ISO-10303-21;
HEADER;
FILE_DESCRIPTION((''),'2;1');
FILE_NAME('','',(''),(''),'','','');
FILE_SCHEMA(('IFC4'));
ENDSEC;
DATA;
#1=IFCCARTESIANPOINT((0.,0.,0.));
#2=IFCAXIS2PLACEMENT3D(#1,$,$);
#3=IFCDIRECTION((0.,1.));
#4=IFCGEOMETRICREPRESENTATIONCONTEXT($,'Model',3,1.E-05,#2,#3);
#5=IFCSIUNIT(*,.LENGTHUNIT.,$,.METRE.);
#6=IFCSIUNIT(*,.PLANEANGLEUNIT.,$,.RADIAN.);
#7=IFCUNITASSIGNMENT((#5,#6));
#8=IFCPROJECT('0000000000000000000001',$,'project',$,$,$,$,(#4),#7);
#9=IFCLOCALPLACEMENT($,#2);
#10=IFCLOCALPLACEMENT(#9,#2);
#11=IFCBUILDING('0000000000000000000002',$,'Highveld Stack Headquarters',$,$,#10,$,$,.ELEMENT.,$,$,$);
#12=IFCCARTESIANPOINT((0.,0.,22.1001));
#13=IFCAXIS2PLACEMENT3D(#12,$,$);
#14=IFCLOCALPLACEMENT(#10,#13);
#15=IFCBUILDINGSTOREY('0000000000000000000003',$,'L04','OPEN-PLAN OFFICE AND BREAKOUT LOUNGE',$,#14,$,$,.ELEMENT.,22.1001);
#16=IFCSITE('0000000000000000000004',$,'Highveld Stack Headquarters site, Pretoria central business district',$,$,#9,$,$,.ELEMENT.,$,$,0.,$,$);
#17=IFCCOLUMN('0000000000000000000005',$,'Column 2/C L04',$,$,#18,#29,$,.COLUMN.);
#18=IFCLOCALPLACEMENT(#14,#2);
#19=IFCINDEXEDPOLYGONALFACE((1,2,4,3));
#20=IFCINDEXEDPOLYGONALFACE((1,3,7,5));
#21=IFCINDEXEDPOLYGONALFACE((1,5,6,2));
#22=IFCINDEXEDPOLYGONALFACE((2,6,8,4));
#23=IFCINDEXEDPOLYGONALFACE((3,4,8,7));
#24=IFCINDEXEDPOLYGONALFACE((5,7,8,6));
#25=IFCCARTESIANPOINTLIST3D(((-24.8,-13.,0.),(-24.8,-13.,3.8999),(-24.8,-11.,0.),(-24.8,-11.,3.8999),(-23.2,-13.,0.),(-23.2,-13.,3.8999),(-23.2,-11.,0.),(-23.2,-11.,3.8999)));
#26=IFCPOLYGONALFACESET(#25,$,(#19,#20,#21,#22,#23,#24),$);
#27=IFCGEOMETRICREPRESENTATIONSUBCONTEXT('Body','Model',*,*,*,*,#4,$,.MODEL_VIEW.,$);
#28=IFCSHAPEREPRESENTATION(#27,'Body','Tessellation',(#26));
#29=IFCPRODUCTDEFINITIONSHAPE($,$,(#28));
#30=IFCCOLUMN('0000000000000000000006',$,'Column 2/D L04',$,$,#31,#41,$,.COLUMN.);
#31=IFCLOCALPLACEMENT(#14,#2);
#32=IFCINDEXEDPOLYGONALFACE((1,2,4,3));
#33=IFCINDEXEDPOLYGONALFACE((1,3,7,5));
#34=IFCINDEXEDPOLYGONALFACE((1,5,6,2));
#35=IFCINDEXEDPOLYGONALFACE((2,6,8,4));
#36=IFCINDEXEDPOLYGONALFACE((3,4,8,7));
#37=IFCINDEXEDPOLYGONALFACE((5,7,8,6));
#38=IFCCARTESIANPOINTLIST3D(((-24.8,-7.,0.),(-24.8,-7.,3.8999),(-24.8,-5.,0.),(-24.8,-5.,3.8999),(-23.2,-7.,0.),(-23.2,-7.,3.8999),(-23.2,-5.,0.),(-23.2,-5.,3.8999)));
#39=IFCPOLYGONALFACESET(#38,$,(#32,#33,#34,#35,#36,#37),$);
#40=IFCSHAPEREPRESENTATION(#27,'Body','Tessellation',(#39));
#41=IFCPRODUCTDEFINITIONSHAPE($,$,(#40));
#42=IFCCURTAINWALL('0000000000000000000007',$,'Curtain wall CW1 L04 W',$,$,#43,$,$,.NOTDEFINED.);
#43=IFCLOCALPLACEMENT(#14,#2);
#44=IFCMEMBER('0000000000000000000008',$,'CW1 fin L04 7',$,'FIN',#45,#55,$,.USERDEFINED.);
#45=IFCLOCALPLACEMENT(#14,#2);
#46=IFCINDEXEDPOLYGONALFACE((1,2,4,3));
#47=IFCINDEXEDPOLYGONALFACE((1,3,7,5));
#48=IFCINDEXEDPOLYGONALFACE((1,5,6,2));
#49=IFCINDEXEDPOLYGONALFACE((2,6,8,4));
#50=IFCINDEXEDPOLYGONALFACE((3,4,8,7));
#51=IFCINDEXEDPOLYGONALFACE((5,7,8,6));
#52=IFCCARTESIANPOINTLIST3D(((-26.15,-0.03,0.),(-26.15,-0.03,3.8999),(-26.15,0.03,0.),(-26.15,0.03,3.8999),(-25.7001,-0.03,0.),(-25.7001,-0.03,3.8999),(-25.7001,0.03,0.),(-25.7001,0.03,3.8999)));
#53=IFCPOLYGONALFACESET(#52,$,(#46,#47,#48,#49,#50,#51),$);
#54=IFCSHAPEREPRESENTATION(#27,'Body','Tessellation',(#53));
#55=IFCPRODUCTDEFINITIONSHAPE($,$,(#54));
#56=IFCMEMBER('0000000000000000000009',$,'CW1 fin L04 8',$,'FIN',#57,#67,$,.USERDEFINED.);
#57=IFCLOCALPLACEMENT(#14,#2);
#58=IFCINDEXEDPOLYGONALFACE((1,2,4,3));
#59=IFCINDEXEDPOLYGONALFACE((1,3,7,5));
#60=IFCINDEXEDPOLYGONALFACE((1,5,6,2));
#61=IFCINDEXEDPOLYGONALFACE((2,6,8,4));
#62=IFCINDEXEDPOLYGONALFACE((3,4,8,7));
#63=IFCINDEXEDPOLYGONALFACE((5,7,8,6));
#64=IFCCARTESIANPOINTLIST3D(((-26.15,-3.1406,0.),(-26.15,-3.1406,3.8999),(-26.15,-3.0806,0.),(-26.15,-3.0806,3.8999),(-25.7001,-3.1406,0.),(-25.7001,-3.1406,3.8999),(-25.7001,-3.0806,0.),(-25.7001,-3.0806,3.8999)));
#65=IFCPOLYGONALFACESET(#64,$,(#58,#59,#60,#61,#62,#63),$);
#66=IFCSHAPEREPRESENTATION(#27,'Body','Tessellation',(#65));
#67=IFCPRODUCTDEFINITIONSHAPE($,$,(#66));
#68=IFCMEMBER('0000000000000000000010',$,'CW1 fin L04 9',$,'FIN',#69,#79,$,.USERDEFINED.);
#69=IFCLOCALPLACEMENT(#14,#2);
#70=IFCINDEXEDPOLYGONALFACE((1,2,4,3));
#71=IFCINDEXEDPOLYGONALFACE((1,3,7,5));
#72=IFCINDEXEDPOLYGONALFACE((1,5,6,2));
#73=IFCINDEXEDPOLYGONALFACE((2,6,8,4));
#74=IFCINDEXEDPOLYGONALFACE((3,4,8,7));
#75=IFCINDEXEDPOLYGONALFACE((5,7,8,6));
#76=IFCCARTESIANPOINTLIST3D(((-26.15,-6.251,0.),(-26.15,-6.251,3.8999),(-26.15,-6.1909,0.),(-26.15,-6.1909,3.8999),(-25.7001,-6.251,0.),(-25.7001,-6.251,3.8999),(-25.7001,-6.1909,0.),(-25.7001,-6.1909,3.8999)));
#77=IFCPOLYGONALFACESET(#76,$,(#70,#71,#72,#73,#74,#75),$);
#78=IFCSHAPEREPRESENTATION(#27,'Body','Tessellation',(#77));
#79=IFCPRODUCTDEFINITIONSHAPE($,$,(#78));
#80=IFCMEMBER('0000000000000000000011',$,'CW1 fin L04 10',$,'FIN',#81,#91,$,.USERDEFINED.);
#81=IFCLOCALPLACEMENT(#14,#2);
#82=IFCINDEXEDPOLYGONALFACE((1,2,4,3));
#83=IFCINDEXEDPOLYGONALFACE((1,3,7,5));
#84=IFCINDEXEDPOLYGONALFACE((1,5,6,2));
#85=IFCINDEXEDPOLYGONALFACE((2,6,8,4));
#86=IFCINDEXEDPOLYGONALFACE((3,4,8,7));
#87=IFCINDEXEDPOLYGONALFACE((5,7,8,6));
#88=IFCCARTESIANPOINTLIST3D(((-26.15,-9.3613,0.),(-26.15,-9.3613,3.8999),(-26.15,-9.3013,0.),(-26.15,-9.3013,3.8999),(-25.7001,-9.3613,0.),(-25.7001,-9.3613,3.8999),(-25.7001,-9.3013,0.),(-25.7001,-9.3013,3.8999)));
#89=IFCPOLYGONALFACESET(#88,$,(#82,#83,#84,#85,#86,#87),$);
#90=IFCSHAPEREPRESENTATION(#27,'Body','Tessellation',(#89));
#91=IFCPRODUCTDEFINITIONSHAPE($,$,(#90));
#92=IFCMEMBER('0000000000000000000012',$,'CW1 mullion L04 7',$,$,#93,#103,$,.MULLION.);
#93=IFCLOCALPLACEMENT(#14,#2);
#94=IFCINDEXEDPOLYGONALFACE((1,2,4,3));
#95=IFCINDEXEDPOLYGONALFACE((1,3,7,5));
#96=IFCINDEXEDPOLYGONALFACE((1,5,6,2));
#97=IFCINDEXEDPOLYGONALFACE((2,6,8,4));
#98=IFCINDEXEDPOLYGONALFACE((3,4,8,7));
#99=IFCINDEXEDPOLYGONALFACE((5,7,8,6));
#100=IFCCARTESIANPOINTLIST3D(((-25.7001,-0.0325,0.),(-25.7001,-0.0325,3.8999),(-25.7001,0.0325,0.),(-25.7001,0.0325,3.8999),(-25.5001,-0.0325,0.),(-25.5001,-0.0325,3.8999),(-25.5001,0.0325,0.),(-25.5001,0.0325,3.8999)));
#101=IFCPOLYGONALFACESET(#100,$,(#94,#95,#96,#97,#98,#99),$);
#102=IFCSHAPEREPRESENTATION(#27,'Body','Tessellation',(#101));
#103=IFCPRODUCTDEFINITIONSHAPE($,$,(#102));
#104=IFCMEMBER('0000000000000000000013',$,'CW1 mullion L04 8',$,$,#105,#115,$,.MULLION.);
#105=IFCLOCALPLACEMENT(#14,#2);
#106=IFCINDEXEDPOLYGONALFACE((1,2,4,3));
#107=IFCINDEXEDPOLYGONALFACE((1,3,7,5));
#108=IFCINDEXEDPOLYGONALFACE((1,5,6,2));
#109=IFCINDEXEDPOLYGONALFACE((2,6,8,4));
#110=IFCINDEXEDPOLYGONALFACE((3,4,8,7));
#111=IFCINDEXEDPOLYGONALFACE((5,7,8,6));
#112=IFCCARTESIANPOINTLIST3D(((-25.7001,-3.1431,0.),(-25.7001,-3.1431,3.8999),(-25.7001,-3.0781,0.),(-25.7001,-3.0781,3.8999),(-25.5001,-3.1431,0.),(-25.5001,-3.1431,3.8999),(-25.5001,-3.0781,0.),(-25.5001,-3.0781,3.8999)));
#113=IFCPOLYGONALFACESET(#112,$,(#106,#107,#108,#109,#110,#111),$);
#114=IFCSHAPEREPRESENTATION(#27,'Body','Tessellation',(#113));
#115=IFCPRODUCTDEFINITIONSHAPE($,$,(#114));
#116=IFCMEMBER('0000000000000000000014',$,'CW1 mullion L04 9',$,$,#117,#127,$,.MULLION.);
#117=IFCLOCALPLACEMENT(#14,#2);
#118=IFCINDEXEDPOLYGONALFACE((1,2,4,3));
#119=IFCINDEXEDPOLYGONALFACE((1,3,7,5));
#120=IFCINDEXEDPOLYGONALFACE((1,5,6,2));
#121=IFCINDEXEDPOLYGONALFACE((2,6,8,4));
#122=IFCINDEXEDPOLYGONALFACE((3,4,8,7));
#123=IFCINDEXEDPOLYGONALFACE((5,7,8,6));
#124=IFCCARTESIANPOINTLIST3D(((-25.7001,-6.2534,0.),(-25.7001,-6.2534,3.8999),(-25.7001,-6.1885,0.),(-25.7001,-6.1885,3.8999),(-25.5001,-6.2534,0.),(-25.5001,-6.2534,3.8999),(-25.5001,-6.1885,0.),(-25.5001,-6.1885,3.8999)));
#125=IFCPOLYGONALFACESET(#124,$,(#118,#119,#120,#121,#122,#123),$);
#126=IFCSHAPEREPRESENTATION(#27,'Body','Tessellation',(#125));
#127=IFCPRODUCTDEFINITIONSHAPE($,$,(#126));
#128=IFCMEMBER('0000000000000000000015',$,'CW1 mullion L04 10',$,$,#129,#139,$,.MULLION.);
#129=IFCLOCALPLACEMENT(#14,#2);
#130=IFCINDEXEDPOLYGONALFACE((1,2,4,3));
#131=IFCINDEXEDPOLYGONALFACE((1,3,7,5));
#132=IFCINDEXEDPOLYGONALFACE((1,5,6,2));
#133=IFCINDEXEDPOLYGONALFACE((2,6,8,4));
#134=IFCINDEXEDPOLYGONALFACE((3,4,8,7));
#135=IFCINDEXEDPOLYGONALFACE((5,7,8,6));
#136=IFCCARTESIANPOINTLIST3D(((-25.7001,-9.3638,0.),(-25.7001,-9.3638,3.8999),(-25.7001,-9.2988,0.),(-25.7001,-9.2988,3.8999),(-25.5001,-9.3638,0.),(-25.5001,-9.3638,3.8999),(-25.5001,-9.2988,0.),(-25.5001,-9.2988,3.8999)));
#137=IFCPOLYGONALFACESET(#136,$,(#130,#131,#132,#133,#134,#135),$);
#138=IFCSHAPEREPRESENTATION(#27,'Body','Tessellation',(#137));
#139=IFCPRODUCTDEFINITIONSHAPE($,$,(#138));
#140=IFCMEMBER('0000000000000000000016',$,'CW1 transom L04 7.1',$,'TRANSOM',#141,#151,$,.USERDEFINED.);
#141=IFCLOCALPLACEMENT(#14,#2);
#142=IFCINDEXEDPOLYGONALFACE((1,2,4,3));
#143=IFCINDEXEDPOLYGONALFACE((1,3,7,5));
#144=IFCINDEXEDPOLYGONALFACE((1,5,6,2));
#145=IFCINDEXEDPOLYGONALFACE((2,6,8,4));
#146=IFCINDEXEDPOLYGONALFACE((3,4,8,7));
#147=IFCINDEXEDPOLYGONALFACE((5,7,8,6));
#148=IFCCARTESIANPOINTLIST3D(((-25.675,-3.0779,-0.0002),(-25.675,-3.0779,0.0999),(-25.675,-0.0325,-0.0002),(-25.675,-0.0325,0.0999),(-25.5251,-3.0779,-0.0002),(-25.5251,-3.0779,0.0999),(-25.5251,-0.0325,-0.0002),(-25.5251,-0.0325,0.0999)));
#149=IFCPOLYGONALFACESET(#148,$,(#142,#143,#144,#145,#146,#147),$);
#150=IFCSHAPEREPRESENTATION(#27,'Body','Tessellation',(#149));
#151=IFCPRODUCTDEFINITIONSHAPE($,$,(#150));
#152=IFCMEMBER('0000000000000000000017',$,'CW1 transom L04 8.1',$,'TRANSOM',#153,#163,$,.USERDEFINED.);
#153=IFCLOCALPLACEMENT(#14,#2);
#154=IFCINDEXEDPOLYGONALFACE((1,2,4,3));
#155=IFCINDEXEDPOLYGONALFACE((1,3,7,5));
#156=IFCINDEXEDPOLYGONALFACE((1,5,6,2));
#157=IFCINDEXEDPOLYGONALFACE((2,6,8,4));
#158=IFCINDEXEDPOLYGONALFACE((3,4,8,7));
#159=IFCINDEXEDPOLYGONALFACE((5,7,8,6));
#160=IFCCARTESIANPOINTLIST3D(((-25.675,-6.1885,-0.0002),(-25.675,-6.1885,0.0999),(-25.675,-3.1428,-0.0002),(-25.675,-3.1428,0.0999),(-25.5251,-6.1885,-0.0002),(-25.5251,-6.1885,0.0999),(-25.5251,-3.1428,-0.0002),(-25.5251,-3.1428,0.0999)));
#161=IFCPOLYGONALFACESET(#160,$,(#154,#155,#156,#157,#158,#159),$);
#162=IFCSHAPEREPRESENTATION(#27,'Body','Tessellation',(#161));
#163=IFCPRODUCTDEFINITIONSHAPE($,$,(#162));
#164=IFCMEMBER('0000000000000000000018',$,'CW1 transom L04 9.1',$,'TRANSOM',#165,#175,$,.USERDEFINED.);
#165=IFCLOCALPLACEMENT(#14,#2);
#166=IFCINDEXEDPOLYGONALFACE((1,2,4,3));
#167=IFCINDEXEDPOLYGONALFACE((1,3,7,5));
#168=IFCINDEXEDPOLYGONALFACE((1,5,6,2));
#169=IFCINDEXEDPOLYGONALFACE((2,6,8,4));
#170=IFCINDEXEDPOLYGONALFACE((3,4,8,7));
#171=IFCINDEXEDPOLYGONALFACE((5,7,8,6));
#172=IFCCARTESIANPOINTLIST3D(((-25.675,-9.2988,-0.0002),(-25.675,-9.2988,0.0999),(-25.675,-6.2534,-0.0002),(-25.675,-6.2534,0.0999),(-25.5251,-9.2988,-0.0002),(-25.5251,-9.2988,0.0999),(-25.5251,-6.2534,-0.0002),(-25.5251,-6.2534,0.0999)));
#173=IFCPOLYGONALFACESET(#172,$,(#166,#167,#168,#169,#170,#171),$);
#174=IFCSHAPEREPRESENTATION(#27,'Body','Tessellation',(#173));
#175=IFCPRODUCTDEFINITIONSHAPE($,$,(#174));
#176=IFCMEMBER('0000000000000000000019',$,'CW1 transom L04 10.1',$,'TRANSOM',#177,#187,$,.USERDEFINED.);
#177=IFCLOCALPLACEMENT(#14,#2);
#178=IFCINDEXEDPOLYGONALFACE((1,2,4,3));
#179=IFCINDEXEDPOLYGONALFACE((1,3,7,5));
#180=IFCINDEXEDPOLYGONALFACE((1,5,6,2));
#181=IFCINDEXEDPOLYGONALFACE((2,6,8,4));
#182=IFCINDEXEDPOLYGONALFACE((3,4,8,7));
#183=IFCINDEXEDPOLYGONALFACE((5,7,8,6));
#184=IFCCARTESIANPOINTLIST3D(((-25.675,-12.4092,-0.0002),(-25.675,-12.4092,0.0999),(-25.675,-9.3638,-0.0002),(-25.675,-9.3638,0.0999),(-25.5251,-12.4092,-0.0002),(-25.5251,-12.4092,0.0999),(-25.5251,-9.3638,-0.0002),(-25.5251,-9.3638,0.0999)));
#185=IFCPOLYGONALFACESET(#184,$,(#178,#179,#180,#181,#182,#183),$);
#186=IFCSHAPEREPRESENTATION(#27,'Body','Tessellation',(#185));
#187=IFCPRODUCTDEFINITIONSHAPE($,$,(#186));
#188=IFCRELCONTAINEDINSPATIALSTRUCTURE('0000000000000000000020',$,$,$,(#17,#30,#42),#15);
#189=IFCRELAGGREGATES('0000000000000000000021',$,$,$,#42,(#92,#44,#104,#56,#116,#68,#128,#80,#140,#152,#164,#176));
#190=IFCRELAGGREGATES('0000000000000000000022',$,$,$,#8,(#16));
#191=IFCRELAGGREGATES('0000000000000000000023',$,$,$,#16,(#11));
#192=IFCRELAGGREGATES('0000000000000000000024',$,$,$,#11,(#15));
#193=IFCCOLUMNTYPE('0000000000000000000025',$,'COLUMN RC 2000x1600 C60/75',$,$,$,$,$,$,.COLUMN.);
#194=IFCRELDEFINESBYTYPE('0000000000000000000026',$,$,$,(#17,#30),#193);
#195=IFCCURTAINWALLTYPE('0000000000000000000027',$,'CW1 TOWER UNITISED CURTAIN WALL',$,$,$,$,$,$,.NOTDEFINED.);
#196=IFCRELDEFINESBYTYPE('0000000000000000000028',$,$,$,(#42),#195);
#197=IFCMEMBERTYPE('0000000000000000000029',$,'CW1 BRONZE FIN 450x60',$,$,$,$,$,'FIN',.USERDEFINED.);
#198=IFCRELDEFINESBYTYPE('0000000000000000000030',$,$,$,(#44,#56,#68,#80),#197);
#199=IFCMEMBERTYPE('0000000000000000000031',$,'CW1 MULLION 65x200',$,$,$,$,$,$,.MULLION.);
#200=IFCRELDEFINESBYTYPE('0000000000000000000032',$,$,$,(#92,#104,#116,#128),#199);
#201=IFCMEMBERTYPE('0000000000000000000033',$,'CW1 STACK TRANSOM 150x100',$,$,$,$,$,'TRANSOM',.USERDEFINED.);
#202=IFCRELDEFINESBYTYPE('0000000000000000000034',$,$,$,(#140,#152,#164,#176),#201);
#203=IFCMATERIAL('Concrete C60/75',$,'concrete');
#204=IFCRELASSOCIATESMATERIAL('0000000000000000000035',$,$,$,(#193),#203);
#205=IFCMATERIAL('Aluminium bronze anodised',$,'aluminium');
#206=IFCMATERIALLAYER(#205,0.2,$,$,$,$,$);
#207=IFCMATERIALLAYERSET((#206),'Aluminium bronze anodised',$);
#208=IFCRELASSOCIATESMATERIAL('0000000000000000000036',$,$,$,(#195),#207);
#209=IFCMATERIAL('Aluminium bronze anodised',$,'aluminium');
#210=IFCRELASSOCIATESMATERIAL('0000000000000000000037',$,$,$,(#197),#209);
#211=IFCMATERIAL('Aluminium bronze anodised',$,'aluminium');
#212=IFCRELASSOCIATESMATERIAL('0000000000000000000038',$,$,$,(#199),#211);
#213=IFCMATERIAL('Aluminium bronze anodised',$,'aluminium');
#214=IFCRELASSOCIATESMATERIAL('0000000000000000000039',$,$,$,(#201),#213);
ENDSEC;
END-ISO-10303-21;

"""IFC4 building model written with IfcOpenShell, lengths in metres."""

from ifc_helpers import new_model, si_unit, direction, frame, origin, origin_2d, place, context, subcontext, project, spatial, rectangle, extrude, material, layer, layer_set, material_profile, profile_set, type_object, element, aggregate, save


model = new_model("IFC4")

# Units and contexts
model_context = context("Model", 3, precision=1e-05, world=origin(), true_north=direction((0.0, 1.0)))
body_context = subcontext(model_context, "Body", "Model", "MODEL_VIEW")
ifc_project = project(units=[si_unit("LENGTHUNIT", "METRE"), si_unit("PLANEANGLEUNIT", "RADIAN")], contexts=[model_context])

# Site, building, storey
site_placement = place(None, origin())
site = spatial("IfcSite", under=ifc_project, at=site_placement, Name="Highveld Stack Headquarters site, Pretoria central business district", CompositionType="ELEMENT", RefElevation=0.0)
building_placement = place(site_placement, origin())
building = spatial("IfcBuilding", under=site, at=building_placement, Name="Highveld Stack Headquarters", CompositionType="ELEMENT")
storey_placement = place(building_placement, frame((0.0, 0.0, 22.1001)))
storey = spatial("IfcBuildingStorey", under=building, at=storey_placement, Name="L04", Description="OPEN-PLAN OFFICE AND BREAKOUT LOUNGE", CompositionType="ELEMENT", Elevation=22.1001)

# Columns
ifc_material_1 = material(Name="Concrete C60/75", Category="concrete")
ifc_material_profile_1 = material_profile(ifc_material_1, rectangle(XDim=2.0, YDim=1.6001, at=origin_2d()), Name="RC 2000x1600")
ifc_profile_set_1 = profile_set([ifc_material_profile_1], Name="Concrete C60/75")
column_type = type_object("IfcColumnType", Name="COLUMN RC 2000x1600 C60/75", PredefinedType="COLUMN", material=ifc_profile_set_1)
for number, where, z_axis, x_axis, name in (
    (1, (-24.0, -12.0, 0.0), (0.0, 0.0, 1.0), (0.0, 1.0, 0.0), "Column 2/C L04"),
    (2, (-24.0, -6.0, 0.0), (0.0, 0.0, 1.0), (0.0, 1.0, 0.0), "Column 2/D L04"),
):
    element("IfcColumn", number, at=place(storey_placement, frame(where, z_axis=z_axis, x_axis=x_axis)), inside=storey, type_object=column_type, Name=name, PredefinedType="COLUMN", context=body_context, shape_type="SweptSolid", body=[
        extrude(rectangle(XDim=2.0, YDim=1.6001, at=origin_2d()), origin(), (0.0, 0.0, 1.0), 3.8999),
    ])

# Curtain wall, members
ifc_material_2 = material(Name="Aluminium bronze anodised", Category="aluminium")
ifc_layer_1 = layer(ifc_material_2, 0.2)
ifc_layer_set_1 = layer_set([ifc_layer_1], Name="Aluminium bronze anodised")
curtain_wall_type = type_object("IfcCurtainWallType", Name="CW1 TOWER UNITISED CURTAIN WALL", PredefinedType="NOTDEFINED", material=ifc_layer_set_1)
curtain_wall_placement = place(storey_placement, origin())
curtain_wall = element("IfcCurtainWall", 3, at=curtain_wall_placement, inside=storey, type_object=curtain_wall_type, Name="Curtain wall CW1 L04 W", PredefinedType="NOTDEFINED")
ifc_material_3 = material(Name="Aluminium bronze anodised", Category="aluminium")
ifc_material_profile_2 = material_profile(ifc_material_3, rectangle(XDim=0.45, YDim=0.0601, at=origin_2d()), Name="FIN 450x60")
ifc_profile_set_2 = profile_set([ifc_material_profile_2], Name="Aluminium bronze anodised")
member_type_1 = type_object("IfcMemberType", Name="CW1 BRONZE FIN 450x60", ElementType="FIN", PredefinedType="USERDEFINED", material=ifc_profile_set_2)
member_1_placement = place(storey_placement, frame((-25.925, 0.0, 0.0), z_axis=(0.0, 0.0, 1.0), x_axis=(1.0, 0.0, 0.0)))
member_1 = element("IfcMember", 4, at=member_1_placement, type_object=member_type_1, Name="CW1 fin L04 7", ObjectType="FIN", PredefinedType="USERDEFINED", context=body_context, shape_type="SweptSolid", body=[
    extrude(rectangle(XDim=0.45, YDim=0.0601, at=origin_2d()), origin(), (0.0, 0.0, 1.0), 3.8999),
])
member_2_placement = place(storey_placement, frame((-25.925, -3.1106, 0.0), z_axis=(0.0, 0.0, 1.0), x_axis=(1.0, 0.0, 0.0)))
member_2 = element("IfcMember", 5, at=member_2_placement, type_object=member_type_1, Name="CW1 fin L04 8", ObjectType="FIN", PredefinedType="USERDEFINED", context=body_context, shape_type="SweptSolid", body=[
    extrude(rectangle(XDim=0.45, YDim=0.0601, at=origin_2d()), origin(), (0.0, 0.0, 1.0), 3.8999),
])
member_3_placement = place(storey_placement, frame((-25.925, -6.2209, 0.0), z_axis=(0.0, 0.0, 1.0), x_axis=(1.0, 0.0, 0.0)))
member_3 = element("IfcMember", 6, at=member_3_placement, type_object=member_type_1, Name="CW1 fin L04 9", ObjectType="FIN", PredefinedType="USERDEFINED", context=body_context, shape_type="SweptSolid", body=[
    extrude(rectangle(XDim=0.45, YDim=0.0601, at=origin_2d()), origin(), (0.0, 0.0, 1.0), 3.8999),
])
member_4_placement = place(storey_placement, frame((-25.925, -9.3313, 0.0), z_axis=(0.0, 0.0, 1.0), x_axis=(1.0, 0.0, 0.0)))
member_4 = element("IfcMember", 7, at=member_4_placement, type_object=member_type_1, Name="CW1 fin L04 10", ObjectType="FIN", PredefinedType="USERDEFINED", context=body_context, shape_type="SweptSolid", body=[
    extrude(rectangle(XDim=0.45, YDim=0.0601, at=origin_2d()), origin(), (0.0, 0.0, 1.0), 3.8999),
])
ifc_material_4 = material(Name="Aluminium bronze anodised", Category="aluminium")
ifc_material_profile_3 = material_profile(ifc_material_4, rectangle(XDim=0.2, YDim=0.0649, at=origin_2d()), Name="CW1 MULLION 65x200")
ifc_profile_set_3 = profile_set([ifc_material_profile_3], Name="Aluminium bronze anodised")
member_type_2 = type_object("IfcMemberType", Name="CW1 MULLION 65x200", PredefinedType="MULLION", material=ifc_profile_set_3)
member_5_placement = place(storey_placement, frame((-25.6001, 0.0, 0.0), z_axis=(0.0, 0.0, 1.0), x_axis=(1.0, 0.0, 0.0)))
member_5 = element("IfcMember", 8, at=member_5_placement, type_object=member_type_2, Name="CW1 mullion L04 7", PredefinedType="MULLION", context=body_context, shape_type="SweptSolid", body=[
    extrude(rectangle(XDim=0.2, YDim=0.0649, at=origin_2d()), origin(), (0.0, 0.0, 1.0), 3.8999),
])
member_6_placement = place(storey_placement, frame((-25.6001, -3.1106, 0.0), z_axis=(0.0, 0.0, 1.0), x_axis=(1.0, 0.0, 0.0)))
member_6 = element("IfcMember", 9, at=member_6_placement, type_object=member_type_2, Name="CW1 mullion L04 8", PredefinedType="MULLION", context=body_context, shape_type="SweptSolid", body=[
    extrude(rectangle(XDim=0.2, YDim=0.0649, at=origin_2d()), origin(), (0.0, 0.0, 1.0), 3.8999),
])
member_7_placement = place(storey_placement, frame((-25.6001, -6.2209, 0.0), z_axis=(0.0, 0.0, 1.0), x_axis=(1.0, 0.0, 0.0)))
member_7 = element("IfcMember", 10, at=member_7_placement, type_object=member_type_2, Name="CW1 mullion L04 9", PredefinedType="MULLION", context=body_context, shape_type="SweptSolid", body=[
    extrude(rectangle(XDim=0.2, YDim=0.0649, at=origin_2d()), origin(), (0.0, 0.0, 1.0), 3.8999),
])
member_8_placement = place(storey_placement, frame((-25.6001, -9.3313, 0.0), z_axis=(0.0, 0.0, 1.0), x_axis=(1.0, 0.0, 0.0)))
member_8 = element("IfcMember", 11, at=member_8_placement, type_object=member_type_2, Name="CW1 mullion L04 10", PredefinedType="MULLION", context=body_context, shape_type="SweptSolid", body=[
    extrude(rectangle(XDim=0.2, YDim=0.0649, at=origin_2d()), origin(), (0.0, 0.0, 1.0), 3.8999),
])
ifc_material_5 = material(Name="Aluminium bronze anodised", Category="aluminium")
ifc_material_profile_4 = material_profile(ifc_material_5, rectangle(XDim=0.1499, YDim=0.1001, at=origin_2d()), Name="CW1 TRANSOM 150x100")
ifc_profile_set_4 = profile_set([ifc_material_profile_4], Name="Aluminium bronze anodised")
member_type_3 = type_object("IfcMemberType", Name="CW1 STACK TRANSOM 150x100", ElementType="TRANSOM", PredefinedType="USERDEFINED", material=ifc_profile_set_4)
member_9_placement = place(storey_placement, frame((-25.6001, -0.0325, 0.0498), z_axis=(0.0, -1.0, 0.0), x_axis=(1.0, 0.0, 0.0)))
member_9 = element("IfcMember", 12, at=member_9_placement, type_object=member_type_3, Name="CW1 transom L04 7.1", ObjectType="TRANSOM", PredefinedType="USERDEFINED", context=body_context, shape_type="SweptSolid", body=[
    extrude(rectangle(XDim=0.1499, YDim=0.1001, at=origin_2d()), origin(), (0.0, 0.0, 1.0), 3.0454),
])
member_10_placement = place(storey_placement, frame((-25.6001, -3.1428, 0.0498), z_axis=(0.0, -1.0, 0.0), x_axis=(1.0, 0.0, 0.0)))
member_10 = element("IfcMember", 13, at=member_10_placement, type_object=member_type_3, Name="CW1 transom L04 8.1", ObjectType="TRANSOM", PredefinedType="USERDEFINED", context=body_context, shape_type="SweptSolid", body=[
    extrude(rectangle(XDim=0.1499, YDim=0.1001, at=origin_2d()), origin(), (0.0, 0.0, 1.0), 3.0457),
])
member_11_placement = place(storey_placement, frame((-25.6001, -6.2534, 0.0498), z_axis=(0.0, -1.0, 0.0), x_axis=(1.0, 0.0, 0.0)))
member_11 = element("IfcMember", 14, at=member_11_placement, type_object=member_type_3, Name="CW1 transom L04 9.1", ObjectType="TRANSOM", PredefinedType="USERDEFINED", context=body_context, shape_type="SweptSolid", body=[
    extrude(rectangle(XDim=0.1499, YDim=0.1001, at=origin_2d()), origin(), (0.0, 0.0, 1.0), 3.0454),
])
member_12_placement = place(storey_placement, frame((-25.6001, -9.3638, 0.0498), z_axis=(0.0, -1.0, 0.0), x_axis=(1.0, 0.0, 0.0)))
member_12 = element("IfcMember", 15, at=member_12_placement, type_object=member_type_3, Name="CW1 transom L04 10.1", ObjectType="TRANSOM", PredefinedType="USERDEFINED", context=body_context, shape_type="SweptSolid", body=[
    extrude(rectangle(XDim=0.1499, YDim=0.1001, at=origin_2d()), origin(), (0.0, 0.0, 1.0), 3.0454),
])
aggregate(curtain_wall, [member_5, member_1, member_6, member_2, member_7, member_3, member_8, member_4, member_9, member_10, member_11, member_12])

save(model, "model.ifc")
